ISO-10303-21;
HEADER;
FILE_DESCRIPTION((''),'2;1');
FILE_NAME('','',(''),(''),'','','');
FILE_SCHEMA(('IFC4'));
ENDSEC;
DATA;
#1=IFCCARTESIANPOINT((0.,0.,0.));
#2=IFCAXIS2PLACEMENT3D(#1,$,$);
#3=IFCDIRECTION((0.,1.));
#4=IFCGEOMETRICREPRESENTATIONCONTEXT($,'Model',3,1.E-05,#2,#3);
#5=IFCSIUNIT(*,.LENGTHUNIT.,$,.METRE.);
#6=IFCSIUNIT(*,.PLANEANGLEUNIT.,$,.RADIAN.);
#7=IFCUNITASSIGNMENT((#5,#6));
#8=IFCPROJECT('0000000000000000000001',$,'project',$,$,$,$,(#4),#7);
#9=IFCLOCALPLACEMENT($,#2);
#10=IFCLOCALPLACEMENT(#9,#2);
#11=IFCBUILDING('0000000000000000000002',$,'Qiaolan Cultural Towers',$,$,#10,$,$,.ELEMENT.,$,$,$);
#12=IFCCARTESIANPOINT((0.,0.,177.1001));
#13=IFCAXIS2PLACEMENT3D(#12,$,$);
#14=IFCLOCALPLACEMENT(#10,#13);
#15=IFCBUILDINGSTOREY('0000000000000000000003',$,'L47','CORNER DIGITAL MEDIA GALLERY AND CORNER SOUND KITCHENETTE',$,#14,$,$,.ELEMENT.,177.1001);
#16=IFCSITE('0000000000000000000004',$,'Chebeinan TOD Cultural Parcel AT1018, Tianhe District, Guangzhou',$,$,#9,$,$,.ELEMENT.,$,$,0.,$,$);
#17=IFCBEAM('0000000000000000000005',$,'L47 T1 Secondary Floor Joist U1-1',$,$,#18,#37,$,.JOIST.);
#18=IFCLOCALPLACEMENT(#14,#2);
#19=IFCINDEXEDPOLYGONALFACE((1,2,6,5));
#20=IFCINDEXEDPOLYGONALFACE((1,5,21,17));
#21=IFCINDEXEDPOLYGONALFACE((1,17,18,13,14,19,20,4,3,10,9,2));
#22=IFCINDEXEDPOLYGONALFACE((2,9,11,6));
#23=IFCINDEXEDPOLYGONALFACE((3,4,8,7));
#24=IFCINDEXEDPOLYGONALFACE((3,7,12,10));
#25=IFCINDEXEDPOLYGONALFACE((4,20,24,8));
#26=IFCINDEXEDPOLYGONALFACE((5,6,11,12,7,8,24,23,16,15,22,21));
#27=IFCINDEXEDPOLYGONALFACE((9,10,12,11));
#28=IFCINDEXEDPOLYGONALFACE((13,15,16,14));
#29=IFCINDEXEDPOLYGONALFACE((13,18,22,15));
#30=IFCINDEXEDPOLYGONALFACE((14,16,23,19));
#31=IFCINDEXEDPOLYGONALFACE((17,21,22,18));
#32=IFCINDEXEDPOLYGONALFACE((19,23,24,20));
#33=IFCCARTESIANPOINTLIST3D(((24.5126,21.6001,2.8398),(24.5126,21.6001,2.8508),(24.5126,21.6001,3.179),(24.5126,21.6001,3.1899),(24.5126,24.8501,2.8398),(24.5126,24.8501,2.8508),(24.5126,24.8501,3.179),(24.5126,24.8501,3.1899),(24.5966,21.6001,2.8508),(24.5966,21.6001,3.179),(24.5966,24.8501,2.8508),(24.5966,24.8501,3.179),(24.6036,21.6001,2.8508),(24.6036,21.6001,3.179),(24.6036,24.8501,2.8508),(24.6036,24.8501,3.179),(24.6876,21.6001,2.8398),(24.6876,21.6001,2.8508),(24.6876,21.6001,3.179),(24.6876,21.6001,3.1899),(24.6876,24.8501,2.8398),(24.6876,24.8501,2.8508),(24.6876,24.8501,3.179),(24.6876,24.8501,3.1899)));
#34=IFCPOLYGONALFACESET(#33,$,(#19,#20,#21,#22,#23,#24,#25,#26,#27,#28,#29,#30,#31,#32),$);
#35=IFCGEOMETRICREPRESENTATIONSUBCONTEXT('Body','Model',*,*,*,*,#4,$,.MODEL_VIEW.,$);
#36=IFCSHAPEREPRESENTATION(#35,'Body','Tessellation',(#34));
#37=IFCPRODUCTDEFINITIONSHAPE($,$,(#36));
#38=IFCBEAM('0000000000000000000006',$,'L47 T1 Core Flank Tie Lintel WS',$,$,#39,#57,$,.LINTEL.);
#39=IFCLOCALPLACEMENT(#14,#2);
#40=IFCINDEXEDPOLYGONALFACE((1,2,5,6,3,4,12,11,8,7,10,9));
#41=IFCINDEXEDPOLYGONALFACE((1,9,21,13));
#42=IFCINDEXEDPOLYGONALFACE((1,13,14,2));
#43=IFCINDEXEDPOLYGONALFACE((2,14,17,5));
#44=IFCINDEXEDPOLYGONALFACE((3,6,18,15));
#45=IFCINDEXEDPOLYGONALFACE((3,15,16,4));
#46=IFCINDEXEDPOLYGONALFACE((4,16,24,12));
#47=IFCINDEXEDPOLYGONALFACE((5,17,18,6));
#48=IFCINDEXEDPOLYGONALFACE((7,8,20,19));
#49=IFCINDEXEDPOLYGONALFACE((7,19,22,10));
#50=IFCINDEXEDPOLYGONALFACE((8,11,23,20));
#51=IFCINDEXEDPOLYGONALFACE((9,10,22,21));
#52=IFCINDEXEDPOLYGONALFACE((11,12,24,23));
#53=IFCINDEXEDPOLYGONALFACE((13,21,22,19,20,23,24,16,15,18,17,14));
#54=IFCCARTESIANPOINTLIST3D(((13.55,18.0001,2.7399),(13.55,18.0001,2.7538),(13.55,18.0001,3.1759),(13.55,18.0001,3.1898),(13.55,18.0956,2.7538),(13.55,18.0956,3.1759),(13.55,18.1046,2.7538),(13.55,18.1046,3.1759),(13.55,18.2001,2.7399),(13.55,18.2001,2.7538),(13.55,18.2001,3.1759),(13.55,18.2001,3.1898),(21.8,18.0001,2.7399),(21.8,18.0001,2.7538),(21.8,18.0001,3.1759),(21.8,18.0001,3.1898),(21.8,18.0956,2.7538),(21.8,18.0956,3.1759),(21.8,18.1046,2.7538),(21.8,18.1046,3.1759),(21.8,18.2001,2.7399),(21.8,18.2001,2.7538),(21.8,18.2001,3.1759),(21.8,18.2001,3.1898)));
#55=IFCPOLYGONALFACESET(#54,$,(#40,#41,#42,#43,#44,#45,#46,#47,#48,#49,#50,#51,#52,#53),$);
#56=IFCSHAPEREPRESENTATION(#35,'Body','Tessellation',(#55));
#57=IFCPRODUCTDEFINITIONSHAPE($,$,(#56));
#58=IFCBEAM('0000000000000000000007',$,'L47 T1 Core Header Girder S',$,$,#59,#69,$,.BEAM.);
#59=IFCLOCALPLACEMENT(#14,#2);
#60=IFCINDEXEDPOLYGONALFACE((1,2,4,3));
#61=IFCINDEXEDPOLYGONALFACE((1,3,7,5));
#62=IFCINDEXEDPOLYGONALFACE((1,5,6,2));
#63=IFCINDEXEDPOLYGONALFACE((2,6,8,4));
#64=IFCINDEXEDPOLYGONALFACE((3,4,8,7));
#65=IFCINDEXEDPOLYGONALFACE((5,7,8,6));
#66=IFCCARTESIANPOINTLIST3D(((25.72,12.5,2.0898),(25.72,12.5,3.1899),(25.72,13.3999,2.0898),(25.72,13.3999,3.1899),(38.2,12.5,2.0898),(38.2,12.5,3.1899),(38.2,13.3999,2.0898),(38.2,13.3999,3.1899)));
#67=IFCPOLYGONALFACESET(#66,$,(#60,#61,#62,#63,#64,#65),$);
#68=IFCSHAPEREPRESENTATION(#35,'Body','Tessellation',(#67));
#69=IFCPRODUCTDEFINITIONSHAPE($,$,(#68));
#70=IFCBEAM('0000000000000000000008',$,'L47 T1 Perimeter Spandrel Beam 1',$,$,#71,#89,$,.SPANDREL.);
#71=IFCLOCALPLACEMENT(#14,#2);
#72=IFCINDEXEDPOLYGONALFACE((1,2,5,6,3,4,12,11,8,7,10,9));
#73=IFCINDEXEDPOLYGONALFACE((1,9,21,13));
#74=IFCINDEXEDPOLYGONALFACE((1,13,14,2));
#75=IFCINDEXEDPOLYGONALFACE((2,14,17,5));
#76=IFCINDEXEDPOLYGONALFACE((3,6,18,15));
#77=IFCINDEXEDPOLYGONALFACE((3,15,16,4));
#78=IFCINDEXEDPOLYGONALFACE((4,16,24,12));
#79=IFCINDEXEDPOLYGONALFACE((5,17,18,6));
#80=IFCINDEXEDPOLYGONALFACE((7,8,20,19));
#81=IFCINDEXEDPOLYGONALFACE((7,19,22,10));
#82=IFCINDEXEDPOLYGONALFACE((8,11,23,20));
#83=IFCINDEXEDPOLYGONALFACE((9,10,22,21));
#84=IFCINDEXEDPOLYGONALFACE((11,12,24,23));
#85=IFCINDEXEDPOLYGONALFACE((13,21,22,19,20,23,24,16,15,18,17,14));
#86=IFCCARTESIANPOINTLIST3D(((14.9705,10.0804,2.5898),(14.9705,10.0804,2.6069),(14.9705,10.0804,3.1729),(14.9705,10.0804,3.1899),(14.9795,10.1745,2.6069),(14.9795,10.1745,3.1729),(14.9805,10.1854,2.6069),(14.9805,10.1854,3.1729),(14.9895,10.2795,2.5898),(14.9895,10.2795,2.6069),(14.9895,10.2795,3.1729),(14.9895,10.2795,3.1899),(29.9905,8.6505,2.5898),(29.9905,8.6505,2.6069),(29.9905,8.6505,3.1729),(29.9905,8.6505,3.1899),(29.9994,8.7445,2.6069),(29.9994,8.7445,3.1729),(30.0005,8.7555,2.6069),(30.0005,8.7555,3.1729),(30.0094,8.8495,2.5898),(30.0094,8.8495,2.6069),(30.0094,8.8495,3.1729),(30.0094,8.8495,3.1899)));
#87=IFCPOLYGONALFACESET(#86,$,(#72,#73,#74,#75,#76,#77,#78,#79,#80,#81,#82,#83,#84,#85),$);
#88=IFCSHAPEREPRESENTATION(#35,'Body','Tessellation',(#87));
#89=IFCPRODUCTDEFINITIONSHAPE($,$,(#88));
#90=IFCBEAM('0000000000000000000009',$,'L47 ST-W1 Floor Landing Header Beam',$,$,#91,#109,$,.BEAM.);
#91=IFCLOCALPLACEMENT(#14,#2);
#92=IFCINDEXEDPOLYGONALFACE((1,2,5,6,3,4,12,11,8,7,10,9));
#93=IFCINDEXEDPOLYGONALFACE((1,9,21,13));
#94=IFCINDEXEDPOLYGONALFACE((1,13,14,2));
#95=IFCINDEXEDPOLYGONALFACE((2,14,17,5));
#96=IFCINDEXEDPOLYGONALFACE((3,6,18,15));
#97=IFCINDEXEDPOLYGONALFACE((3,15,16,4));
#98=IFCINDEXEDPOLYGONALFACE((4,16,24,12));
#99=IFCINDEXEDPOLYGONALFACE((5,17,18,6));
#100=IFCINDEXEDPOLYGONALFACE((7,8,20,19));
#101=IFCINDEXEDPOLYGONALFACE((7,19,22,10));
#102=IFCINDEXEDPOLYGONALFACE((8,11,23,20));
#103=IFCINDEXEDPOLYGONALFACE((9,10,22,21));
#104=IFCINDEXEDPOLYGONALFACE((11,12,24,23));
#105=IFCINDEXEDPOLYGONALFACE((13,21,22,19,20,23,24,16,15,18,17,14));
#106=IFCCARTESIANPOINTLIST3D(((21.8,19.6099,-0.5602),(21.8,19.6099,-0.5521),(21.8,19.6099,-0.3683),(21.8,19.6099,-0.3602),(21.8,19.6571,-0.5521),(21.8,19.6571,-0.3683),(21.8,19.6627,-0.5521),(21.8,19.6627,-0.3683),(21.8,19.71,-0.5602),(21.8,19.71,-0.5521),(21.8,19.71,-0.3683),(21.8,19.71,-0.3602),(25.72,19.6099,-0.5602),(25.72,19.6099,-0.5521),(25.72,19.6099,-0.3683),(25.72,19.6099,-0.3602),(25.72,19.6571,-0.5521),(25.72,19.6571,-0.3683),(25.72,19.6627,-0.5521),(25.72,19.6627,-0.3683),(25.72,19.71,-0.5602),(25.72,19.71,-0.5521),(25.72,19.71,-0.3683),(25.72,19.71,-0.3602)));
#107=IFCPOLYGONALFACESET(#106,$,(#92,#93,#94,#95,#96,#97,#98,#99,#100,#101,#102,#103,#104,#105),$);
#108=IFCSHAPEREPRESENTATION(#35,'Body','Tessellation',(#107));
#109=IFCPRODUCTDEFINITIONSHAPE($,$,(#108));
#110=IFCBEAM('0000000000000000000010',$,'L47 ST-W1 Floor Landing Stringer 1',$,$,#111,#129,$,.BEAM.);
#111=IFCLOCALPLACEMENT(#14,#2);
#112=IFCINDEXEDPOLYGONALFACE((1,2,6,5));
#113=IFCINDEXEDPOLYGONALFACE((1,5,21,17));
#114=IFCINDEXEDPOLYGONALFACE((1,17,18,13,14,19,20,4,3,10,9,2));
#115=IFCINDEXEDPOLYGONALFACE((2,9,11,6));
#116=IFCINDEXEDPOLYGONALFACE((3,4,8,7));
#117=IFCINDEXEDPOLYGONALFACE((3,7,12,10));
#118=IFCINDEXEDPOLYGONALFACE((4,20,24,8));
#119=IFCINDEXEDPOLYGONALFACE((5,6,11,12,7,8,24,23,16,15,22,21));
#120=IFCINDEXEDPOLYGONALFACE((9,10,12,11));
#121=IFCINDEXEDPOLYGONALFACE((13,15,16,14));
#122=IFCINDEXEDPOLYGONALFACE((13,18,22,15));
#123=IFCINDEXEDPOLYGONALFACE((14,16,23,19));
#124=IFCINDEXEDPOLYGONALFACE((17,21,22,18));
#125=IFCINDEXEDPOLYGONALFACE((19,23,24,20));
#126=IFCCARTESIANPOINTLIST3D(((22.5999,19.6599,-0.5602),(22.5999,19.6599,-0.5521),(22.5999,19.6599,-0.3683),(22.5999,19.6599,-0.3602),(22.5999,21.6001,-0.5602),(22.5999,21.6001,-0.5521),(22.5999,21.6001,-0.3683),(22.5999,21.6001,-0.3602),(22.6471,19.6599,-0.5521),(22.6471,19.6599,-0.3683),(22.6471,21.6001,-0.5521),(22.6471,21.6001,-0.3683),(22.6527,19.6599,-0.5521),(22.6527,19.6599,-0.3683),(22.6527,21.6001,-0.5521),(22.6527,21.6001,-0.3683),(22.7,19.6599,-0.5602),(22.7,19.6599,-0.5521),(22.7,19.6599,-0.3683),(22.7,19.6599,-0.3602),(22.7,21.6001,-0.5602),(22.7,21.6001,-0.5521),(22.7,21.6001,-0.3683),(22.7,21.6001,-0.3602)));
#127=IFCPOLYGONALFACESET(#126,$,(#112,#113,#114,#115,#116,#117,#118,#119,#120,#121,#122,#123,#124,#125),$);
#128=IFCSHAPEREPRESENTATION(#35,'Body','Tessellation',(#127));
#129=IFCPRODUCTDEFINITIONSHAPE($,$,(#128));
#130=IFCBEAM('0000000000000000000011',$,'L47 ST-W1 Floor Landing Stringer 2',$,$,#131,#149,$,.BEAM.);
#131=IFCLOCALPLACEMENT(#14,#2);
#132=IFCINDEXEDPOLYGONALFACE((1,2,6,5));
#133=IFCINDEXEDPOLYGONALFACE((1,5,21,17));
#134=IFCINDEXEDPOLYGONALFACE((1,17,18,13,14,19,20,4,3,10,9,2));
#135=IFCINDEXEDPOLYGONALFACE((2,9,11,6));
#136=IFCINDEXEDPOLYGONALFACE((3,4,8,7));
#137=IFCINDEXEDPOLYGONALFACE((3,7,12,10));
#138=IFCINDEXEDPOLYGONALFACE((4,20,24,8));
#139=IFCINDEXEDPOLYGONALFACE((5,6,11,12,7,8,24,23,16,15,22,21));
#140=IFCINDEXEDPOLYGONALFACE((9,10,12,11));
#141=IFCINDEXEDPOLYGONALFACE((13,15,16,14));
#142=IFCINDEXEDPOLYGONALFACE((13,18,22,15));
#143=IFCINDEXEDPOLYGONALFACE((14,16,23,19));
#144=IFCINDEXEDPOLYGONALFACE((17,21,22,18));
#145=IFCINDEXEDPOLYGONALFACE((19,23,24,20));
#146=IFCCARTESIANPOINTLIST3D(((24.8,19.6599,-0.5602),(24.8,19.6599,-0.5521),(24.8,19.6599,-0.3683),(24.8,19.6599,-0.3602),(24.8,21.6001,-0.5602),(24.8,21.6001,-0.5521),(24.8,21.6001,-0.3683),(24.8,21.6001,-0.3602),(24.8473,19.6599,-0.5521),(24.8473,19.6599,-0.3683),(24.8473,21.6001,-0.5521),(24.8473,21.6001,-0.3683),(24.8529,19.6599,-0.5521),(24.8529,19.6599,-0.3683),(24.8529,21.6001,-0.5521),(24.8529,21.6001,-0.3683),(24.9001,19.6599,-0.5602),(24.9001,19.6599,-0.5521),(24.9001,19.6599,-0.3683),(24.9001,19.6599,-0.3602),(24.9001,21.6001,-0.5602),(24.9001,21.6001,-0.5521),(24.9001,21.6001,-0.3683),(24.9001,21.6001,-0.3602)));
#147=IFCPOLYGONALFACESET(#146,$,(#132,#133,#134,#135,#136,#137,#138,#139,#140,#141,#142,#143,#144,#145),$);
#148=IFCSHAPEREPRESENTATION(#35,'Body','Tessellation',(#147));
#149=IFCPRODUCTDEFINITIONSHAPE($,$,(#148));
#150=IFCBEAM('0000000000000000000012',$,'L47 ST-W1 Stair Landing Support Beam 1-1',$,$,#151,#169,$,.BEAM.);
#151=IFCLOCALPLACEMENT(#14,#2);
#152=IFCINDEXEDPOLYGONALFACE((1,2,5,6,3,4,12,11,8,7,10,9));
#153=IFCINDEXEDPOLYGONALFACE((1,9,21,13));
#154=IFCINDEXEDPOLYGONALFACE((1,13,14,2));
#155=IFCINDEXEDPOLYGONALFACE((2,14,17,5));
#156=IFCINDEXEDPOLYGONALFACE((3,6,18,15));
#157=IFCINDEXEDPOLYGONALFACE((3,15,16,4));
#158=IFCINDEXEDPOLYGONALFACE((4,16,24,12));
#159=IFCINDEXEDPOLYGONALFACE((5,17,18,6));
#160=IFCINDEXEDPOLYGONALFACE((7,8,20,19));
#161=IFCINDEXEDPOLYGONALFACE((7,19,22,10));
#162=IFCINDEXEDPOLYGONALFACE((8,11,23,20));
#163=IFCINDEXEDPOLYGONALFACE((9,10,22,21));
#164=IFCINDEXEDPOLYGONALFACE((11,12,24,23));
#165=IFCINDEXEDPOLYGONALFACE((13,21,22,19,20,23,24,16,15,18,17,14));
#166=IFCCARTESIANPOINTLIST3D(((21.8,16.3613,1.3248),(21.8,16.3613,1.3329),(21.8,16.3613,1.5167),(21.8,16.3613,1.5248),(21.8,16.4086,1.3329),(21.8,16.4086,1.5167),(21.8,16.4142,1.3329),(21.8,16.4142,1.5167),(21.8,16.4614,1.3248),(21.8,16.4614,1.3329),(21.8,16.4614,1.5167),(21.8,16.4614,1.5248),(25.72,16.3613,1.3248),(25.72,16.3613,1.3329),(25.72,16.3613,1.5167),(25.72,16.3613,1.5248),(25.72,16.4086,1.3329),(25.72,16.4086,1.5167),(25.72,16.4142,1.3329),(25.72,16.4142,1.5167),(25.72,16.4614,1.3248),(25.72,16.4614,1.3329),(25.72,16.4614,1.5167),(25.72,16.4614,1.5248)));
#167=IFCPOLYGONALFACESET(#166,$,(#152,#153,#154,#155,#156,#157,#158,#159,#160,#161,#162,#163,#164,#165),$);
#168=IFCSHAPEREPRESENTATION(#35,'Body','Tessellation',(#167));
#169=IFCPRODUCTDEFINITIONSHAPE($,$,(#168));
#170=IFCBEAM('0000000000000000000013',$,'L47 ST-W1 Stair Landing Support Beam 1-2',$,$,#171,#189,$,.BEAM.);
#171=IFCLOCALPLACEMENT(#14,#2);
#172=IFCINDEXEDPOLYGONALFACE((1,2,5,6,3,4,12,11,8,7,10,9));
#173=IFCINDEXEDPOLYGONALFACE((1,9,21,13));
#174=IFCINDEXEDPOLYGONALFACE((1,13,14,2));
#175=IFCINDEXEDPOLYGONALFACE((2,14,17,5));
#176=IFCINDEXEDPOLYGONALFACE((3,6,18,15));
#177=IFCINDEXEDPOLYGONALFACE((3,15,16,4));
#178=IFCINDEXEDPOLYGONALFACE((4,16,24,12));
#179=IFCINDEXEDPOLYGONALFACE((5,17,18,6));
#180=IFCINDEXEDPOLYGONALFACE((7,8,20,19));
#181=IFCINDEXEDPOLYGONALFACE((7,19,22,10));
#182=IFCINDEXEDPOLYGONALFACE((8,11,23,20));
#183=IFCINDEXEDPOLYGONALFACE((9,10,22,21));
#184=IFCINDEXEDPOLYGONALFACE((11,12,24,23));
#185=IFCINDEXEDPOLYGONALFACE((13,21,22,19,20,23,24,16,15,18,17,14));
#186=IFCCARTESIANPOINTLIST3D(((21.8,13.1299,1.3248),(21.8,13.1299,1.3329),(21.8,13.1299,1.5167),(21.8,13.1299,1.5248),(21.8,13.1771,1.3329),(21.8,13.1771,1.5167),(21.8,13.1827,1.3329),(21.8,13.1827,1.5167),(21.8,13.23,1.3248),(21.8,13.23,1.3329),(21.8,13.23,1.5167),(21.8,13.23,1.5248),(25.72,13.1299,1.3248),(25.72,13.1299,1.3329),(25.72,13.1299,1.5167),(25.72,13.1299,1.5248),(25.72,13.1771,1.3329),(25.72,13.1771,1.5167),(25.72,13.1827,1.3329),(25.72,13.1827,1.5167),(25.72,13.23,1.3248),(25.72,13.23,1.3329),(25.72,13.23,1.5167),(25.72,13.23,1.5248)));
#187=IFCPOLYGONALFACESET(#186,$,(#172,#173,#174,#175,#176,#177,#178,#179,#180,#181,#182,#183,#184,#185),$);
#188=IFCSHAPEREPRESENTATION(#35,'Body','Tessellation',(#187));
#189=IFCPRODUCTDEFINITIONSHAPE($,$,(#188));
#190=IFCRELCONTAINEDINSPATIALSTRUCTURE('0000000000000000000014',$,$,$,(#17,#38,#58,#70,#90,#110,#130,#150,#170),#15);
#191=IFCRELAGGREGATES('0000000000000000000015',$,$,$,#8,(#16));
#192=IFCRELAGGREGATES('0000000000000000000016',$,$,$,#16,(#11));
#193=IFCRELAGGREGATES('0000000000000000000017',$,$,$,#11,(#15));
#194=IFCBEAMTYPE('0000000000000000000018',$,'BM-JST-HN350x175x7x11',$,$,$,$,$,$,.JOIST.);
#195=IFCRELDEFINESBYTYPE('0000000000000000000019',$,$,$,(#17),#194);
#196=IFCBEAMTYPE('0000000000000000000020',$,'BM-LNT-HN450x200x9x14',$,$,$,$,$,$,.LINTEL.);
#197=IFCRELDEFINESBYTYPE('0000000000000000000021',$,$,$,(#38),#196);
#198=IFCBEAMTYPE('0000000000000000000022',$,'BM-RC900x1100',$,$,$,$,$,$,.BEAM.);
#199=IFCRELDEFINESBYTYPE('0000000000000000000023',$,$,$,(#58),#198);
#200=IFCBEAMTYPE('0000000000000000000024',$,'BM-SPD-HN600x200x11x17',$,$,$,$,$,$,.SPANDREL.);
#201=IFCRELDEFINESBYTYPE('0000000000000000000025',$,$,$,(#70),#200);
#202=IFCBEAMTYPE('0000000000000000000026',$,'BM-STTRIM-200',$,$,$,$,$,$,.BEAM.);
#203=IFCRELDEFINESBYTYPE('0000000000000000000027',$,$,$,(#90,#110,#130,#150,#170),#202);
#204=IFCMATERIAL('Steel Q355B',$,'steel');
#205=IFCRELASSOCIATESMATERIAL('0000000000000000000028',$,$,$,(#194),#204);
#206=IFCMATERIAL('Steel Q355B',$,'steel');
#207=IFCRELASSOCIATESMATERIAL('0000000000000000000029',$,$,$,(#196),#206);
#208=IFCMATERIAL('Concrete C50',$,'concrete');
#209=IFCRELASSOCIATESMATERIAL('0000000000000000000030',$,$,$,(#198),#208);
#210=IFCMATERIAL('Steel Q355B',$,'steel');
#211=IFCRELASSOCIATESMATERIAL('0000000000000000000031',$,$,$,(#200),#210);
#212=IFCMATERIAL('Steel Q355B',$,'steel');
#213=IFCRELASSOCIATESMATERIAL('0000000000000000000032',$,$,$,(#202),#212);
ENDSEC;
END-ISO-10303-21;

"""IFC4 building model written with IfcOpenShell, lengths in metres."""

from ifc_helpers import new_model, si_unit, direction, frame, origin, origin_2d, place, context, subcontext, project, spatial, rectangle, i_section, extrude, material, material_profile, profile_set, type_object, element, save


model = new_model("IFC4")

# Units and contexts
model_context = context("Model", 3, precision=1e-05, world=origin(), true_north=direction((0.0, 1.0)))
body_context = subcontext(model_context, "Body", "Model", "MODEL_VIEW")
ifc_project = project(units=[si_unit("LENGTHUNIT", "METRE"), si_unit("PLANEANGLEUNIT", "RADIAN")], contexts=[model_context])

# Site, building, storey
site_placement = place(None, origin())
site = spatial("IfcSite", under=ifc_project, at=site_placement, Name="Chebeinan TOD Cultural Parcel AT1018, Tianhe District, Guangzhou", CompositionType="ELEMENT", RefElevation=0.0)
building_placement = place(site_placement, origin())
building = spatial("IfcBuilding", under=site, at=building_placement, Name="Qiaolan Cultural Towers", CompositionType="ELEMENT")
storey_placement = place(building_placement, frame((0.0, 0.0, 177.1001)))
storey = spatial("IfcBuildingStorey", under=building, at=storey_placement, Name="L47", Description="CORNER DIGITAL MEDIA GALLERY AND CORNER SOUND KITCHENETTE", CompositionType="ELEMENT", Elevation=177.1001)

# Beams
ifc_material_1 = material(Name="Steel Q355B", Category="steel")
ifc_material_profile_1 = material_profile(ifc_material_1, i_section(OverallWidth=0.175, OverallDepth=0.3501, WebThickness=0.0071, FlangeThickness=0.011, at=origin_2d()), Name="HN350x175x7x11")
ifc_profile_set_1 = profile_set([ifc_material_profile_1], Name="Steel Q355B")
beam_type_1 = type_object("IfcBeamType", Name="BM-JST-HN350x175x7x11", PredefinedType="JOIST", material=ifc_profile_set_1)
beam_1_placement = place(storey_placement, frame((24.6001, 21.6001, 3.0149), z_axis=(0.0, 1.0, 0.0), x_axis=(-1.0, 0.0, 0.0)))
element("IfcBeam", 1, at=beam_1_placement, inside=storey, type_object=beam_type_1, Name="L47 T1 Secondary Floor Joist U1-1", PredefinedType="JOIST", context=body_context, shape_type="SweptSolid", body=[
    extrude(i_section(OverallWidth=0.175, OverallDepth=0.3501, WebThickness=0.0071, FlangeThickness=0.011, at=origin_2d()), origin(), (0.0, 0.0, 1.0), 3.25),
])
ifc_material_2 = material(Name="Steel Q355B", Category="steel")
ifc_material_profile_2 = material_profile(ifc_material_2, i_section(OverallWidth=0.2, OverallDepth=0.45, WebThickness=0.009, FlangeThickness=0.0139, at=origin_2d()), Name="HN450x200x9x14")
ifc_profile_set_2 = profile_set([ifc_material_profile_2], Name="Steel Q355B")
beam_type_2 = type_object("IfcBeamType", Name="BM-LNT-HN450x200x9x14", PredefinedType="LINTEL", material=ifc_profile_set_2)
beam_2_placement = place(storey_placement, frame((21.8, 18.1001, 2.9648), z_axis=(-1.0, 0.0, 0.0), x_axis=(0.0, -1.0, 0.0)))
element("IfcBeam", 2, at=beam_2_placement, inside=storey, type_object=beam_type_2, Name="L47 T1 Core Flank Tie Lintel WS", PredefinedType="LINTEL", context=body_context, shape_type="SweptSolid", body=[
    extrude(i_section(OverallWidth=0.2, OverallDepth=0.45, WebThickness=0.009, FlangeThickness=0.0139, at=origin_2d()), origin(), (0.0, 0.0, 1.0), 8.25),
])
ifc_material_3 = material(Name="Concrete C50", Category="concrete")
ifc_material_profile_3 = material_profile(ifc_material_3, rectangle(XDim=0.8999, YDim=1.1001, at=origin_2d()), Name="RC900x1100")
ifc_profile_set_3 = profile_set([ifc_material_profile_3], Name="Concrete C50")
beam_type_3 = type_object("IfcBeamType", Name="BM-RC900x1100", PredefinedType="BEAM", material=ifc_profile_set_3)
beam_3_placement = place(storey_placement, frame((25.72, 12.95, 2.6399), z_axis=(1.0, 0.0, 0.0), x_axis=(0.0, 1.0, 0.0)))
element("IfcBeam", 3, at=beam_3_placement, inside=storey, type_object=beam_type_3, Name="L47 T1 Core Header Girder S", PredefinedType="BEAM", context=body_context, shape_type="SweptSolid", body=[
    extrude(rectangle(XDim=0.8999, YDim=1.1001, at=origin_2d()), origin(), (0.0, 0.0, 1.0), 12.48),
])
ifc_material_4 = material(Name="Steel Q355B", Category="steel")
ifc_material_profile_4 = material_profile(ifc_material_4, i_section(OverallWidth=0.2, OverallDepth=0.6001, WebThickness=0.011, FlangeThickness=0.0171, at=origin_2d()), Name="HN600x200x11x17")
ifc_profile_set_4 = profile_set([ifc_material_profile_4], Name="Steel Q355B")
beam_type_4 = type_object("IfcBeamType", Name="BM-SPD-HN600x200x11x17", PredefinedType="SPANDREL", material=ifc_profile_set_4)
beam_4_placement = place(storey_placement, frame((14.98, 10.1799, 2.8899), z_axis=(0.995499, -0.094773, 0.0), x_axis=(0.094773, 0.995499, 0.0)))
element("IfcBeam", 4, at=beam_4_placement, inside=storey, type_object=beam_type_4, Name="L47 T1 Perimeter Spandrel Beam 1", PredefinedType="SPANDREL", context=body_context, shape_type="SweptSolid", body=[
    extrude(i_section(OverallWidth=0.2, OverallDepth=0.6001, WebThickness=0.011, FlangeThickness=0.0171, at=origin_2d()), origin(), (0.0, 0.0, 1.0), 15.0879),
])
ifc_material_5 = material(Name="Steel Q355B", Category="steel")
ifc_material_profile_5 = material_profile(ifc_material_5, i_section(OverallWidth=0.1001, OverallDepth=0.2, WebThickness=0.0056, FlangeThickness=0.0081, at=origin_2d()), Name="HN200x100x5.5x8")
ifc_profile_set_5 = profile_set([ifc_material_profile_5], Name="Steel Q355B")
beam_type_5 = type_object("IfcBeamType", Name="BM-STTRIM-200", PredefinedType="BEAM", material=ifc_profile_set_5)
beam_5_placement = place(storey_placement, frame((21.8, 19.6599, -0.4602), z_axis=(1.0, 0.0, 0.0), x_axis=(0.0, 1.0, 0.0)))
element("IfcBeam", 5, at=beam_5_placement, inside=storey, type_object=beam_type_5, Name="L47 ST-W1 Floor Landing Header Beam", PredefinedType="BEAM", context=body_context, shape_type="SweptSolid", body=[
    extrude(i_section(OverallWidth=0.1001, OverallDepth=0.2, WebThickness=0.0056, FlangeThickness=0.0081, at=origin_2d()), origin(), (0.0, 0.0, 1.0), 3.9199),
])
for number, where, z_axis, x_axis, name in (
    (6, (22.6499, 21.6001, -0.4602), (0.0, -1.0, 0.0), (1.0, 0.0, 0.0), "L47 ST-W1 Floor Landing Stringer 1"),
    (7, (24.8501, 21.6001, -0.4602), (0.0, -1.0, 0.0), (1.0, 0.0, 0.0), "L47 ST-W1 Floor Landing Stringer 2"),
):
    element("IfcBeam", number, at=place(storey_placement, frame(where, z_axis=z_axis, x_axis=x_axis)), inside=storey, type_object=beam_type_5, Name=name, PredefinedType="BEAM", context=body_context, shape_type="SweptSolid", body=[
        extrude(i_section(OverallWidth=0.1001, OverallDepth=0.2, WebThickness=0.0056, FlangeThickness=0.0081, at=origin_2d()), origin(), (0.0, 0.0, 1.0), 1.9402),
    ])
for number, where, z_axis, x_axis, name in (
    (8, (21.8, 16.4114, 1.4248), (1.0, 0.0, 0.0), (0.0, 1.0, 0.0), "L47 ST-W1 Stair Landing Support Beam 1-1"),
    (9, (21.8, 13.1799, 1.4248), (1.0, 0.0, 0.0), (0.0, 1.0, 0.0), "L47 ST-W1 Stair Landing Support Beam 1-2"),
):
    element("IfcBeam", number, at=place(storey_placement, frame(where, z_axis=z_axis, x_axis=x_axis)), inside=storey, type_object=beam_type_5, Name=name, PredefinedType="BEAM", context=body_context, shape_type="SweptSolid", body=[
        extrude(i_section(OverallWidth=0.1001, OverallDepth=0.2, WebThickness=0.0056, FlangeThickness=0.0081, at=origin_2d()), origin(), (0.0, 0.0, 1.0), 3.9199),
    ])

save(model, "model.ifc")
